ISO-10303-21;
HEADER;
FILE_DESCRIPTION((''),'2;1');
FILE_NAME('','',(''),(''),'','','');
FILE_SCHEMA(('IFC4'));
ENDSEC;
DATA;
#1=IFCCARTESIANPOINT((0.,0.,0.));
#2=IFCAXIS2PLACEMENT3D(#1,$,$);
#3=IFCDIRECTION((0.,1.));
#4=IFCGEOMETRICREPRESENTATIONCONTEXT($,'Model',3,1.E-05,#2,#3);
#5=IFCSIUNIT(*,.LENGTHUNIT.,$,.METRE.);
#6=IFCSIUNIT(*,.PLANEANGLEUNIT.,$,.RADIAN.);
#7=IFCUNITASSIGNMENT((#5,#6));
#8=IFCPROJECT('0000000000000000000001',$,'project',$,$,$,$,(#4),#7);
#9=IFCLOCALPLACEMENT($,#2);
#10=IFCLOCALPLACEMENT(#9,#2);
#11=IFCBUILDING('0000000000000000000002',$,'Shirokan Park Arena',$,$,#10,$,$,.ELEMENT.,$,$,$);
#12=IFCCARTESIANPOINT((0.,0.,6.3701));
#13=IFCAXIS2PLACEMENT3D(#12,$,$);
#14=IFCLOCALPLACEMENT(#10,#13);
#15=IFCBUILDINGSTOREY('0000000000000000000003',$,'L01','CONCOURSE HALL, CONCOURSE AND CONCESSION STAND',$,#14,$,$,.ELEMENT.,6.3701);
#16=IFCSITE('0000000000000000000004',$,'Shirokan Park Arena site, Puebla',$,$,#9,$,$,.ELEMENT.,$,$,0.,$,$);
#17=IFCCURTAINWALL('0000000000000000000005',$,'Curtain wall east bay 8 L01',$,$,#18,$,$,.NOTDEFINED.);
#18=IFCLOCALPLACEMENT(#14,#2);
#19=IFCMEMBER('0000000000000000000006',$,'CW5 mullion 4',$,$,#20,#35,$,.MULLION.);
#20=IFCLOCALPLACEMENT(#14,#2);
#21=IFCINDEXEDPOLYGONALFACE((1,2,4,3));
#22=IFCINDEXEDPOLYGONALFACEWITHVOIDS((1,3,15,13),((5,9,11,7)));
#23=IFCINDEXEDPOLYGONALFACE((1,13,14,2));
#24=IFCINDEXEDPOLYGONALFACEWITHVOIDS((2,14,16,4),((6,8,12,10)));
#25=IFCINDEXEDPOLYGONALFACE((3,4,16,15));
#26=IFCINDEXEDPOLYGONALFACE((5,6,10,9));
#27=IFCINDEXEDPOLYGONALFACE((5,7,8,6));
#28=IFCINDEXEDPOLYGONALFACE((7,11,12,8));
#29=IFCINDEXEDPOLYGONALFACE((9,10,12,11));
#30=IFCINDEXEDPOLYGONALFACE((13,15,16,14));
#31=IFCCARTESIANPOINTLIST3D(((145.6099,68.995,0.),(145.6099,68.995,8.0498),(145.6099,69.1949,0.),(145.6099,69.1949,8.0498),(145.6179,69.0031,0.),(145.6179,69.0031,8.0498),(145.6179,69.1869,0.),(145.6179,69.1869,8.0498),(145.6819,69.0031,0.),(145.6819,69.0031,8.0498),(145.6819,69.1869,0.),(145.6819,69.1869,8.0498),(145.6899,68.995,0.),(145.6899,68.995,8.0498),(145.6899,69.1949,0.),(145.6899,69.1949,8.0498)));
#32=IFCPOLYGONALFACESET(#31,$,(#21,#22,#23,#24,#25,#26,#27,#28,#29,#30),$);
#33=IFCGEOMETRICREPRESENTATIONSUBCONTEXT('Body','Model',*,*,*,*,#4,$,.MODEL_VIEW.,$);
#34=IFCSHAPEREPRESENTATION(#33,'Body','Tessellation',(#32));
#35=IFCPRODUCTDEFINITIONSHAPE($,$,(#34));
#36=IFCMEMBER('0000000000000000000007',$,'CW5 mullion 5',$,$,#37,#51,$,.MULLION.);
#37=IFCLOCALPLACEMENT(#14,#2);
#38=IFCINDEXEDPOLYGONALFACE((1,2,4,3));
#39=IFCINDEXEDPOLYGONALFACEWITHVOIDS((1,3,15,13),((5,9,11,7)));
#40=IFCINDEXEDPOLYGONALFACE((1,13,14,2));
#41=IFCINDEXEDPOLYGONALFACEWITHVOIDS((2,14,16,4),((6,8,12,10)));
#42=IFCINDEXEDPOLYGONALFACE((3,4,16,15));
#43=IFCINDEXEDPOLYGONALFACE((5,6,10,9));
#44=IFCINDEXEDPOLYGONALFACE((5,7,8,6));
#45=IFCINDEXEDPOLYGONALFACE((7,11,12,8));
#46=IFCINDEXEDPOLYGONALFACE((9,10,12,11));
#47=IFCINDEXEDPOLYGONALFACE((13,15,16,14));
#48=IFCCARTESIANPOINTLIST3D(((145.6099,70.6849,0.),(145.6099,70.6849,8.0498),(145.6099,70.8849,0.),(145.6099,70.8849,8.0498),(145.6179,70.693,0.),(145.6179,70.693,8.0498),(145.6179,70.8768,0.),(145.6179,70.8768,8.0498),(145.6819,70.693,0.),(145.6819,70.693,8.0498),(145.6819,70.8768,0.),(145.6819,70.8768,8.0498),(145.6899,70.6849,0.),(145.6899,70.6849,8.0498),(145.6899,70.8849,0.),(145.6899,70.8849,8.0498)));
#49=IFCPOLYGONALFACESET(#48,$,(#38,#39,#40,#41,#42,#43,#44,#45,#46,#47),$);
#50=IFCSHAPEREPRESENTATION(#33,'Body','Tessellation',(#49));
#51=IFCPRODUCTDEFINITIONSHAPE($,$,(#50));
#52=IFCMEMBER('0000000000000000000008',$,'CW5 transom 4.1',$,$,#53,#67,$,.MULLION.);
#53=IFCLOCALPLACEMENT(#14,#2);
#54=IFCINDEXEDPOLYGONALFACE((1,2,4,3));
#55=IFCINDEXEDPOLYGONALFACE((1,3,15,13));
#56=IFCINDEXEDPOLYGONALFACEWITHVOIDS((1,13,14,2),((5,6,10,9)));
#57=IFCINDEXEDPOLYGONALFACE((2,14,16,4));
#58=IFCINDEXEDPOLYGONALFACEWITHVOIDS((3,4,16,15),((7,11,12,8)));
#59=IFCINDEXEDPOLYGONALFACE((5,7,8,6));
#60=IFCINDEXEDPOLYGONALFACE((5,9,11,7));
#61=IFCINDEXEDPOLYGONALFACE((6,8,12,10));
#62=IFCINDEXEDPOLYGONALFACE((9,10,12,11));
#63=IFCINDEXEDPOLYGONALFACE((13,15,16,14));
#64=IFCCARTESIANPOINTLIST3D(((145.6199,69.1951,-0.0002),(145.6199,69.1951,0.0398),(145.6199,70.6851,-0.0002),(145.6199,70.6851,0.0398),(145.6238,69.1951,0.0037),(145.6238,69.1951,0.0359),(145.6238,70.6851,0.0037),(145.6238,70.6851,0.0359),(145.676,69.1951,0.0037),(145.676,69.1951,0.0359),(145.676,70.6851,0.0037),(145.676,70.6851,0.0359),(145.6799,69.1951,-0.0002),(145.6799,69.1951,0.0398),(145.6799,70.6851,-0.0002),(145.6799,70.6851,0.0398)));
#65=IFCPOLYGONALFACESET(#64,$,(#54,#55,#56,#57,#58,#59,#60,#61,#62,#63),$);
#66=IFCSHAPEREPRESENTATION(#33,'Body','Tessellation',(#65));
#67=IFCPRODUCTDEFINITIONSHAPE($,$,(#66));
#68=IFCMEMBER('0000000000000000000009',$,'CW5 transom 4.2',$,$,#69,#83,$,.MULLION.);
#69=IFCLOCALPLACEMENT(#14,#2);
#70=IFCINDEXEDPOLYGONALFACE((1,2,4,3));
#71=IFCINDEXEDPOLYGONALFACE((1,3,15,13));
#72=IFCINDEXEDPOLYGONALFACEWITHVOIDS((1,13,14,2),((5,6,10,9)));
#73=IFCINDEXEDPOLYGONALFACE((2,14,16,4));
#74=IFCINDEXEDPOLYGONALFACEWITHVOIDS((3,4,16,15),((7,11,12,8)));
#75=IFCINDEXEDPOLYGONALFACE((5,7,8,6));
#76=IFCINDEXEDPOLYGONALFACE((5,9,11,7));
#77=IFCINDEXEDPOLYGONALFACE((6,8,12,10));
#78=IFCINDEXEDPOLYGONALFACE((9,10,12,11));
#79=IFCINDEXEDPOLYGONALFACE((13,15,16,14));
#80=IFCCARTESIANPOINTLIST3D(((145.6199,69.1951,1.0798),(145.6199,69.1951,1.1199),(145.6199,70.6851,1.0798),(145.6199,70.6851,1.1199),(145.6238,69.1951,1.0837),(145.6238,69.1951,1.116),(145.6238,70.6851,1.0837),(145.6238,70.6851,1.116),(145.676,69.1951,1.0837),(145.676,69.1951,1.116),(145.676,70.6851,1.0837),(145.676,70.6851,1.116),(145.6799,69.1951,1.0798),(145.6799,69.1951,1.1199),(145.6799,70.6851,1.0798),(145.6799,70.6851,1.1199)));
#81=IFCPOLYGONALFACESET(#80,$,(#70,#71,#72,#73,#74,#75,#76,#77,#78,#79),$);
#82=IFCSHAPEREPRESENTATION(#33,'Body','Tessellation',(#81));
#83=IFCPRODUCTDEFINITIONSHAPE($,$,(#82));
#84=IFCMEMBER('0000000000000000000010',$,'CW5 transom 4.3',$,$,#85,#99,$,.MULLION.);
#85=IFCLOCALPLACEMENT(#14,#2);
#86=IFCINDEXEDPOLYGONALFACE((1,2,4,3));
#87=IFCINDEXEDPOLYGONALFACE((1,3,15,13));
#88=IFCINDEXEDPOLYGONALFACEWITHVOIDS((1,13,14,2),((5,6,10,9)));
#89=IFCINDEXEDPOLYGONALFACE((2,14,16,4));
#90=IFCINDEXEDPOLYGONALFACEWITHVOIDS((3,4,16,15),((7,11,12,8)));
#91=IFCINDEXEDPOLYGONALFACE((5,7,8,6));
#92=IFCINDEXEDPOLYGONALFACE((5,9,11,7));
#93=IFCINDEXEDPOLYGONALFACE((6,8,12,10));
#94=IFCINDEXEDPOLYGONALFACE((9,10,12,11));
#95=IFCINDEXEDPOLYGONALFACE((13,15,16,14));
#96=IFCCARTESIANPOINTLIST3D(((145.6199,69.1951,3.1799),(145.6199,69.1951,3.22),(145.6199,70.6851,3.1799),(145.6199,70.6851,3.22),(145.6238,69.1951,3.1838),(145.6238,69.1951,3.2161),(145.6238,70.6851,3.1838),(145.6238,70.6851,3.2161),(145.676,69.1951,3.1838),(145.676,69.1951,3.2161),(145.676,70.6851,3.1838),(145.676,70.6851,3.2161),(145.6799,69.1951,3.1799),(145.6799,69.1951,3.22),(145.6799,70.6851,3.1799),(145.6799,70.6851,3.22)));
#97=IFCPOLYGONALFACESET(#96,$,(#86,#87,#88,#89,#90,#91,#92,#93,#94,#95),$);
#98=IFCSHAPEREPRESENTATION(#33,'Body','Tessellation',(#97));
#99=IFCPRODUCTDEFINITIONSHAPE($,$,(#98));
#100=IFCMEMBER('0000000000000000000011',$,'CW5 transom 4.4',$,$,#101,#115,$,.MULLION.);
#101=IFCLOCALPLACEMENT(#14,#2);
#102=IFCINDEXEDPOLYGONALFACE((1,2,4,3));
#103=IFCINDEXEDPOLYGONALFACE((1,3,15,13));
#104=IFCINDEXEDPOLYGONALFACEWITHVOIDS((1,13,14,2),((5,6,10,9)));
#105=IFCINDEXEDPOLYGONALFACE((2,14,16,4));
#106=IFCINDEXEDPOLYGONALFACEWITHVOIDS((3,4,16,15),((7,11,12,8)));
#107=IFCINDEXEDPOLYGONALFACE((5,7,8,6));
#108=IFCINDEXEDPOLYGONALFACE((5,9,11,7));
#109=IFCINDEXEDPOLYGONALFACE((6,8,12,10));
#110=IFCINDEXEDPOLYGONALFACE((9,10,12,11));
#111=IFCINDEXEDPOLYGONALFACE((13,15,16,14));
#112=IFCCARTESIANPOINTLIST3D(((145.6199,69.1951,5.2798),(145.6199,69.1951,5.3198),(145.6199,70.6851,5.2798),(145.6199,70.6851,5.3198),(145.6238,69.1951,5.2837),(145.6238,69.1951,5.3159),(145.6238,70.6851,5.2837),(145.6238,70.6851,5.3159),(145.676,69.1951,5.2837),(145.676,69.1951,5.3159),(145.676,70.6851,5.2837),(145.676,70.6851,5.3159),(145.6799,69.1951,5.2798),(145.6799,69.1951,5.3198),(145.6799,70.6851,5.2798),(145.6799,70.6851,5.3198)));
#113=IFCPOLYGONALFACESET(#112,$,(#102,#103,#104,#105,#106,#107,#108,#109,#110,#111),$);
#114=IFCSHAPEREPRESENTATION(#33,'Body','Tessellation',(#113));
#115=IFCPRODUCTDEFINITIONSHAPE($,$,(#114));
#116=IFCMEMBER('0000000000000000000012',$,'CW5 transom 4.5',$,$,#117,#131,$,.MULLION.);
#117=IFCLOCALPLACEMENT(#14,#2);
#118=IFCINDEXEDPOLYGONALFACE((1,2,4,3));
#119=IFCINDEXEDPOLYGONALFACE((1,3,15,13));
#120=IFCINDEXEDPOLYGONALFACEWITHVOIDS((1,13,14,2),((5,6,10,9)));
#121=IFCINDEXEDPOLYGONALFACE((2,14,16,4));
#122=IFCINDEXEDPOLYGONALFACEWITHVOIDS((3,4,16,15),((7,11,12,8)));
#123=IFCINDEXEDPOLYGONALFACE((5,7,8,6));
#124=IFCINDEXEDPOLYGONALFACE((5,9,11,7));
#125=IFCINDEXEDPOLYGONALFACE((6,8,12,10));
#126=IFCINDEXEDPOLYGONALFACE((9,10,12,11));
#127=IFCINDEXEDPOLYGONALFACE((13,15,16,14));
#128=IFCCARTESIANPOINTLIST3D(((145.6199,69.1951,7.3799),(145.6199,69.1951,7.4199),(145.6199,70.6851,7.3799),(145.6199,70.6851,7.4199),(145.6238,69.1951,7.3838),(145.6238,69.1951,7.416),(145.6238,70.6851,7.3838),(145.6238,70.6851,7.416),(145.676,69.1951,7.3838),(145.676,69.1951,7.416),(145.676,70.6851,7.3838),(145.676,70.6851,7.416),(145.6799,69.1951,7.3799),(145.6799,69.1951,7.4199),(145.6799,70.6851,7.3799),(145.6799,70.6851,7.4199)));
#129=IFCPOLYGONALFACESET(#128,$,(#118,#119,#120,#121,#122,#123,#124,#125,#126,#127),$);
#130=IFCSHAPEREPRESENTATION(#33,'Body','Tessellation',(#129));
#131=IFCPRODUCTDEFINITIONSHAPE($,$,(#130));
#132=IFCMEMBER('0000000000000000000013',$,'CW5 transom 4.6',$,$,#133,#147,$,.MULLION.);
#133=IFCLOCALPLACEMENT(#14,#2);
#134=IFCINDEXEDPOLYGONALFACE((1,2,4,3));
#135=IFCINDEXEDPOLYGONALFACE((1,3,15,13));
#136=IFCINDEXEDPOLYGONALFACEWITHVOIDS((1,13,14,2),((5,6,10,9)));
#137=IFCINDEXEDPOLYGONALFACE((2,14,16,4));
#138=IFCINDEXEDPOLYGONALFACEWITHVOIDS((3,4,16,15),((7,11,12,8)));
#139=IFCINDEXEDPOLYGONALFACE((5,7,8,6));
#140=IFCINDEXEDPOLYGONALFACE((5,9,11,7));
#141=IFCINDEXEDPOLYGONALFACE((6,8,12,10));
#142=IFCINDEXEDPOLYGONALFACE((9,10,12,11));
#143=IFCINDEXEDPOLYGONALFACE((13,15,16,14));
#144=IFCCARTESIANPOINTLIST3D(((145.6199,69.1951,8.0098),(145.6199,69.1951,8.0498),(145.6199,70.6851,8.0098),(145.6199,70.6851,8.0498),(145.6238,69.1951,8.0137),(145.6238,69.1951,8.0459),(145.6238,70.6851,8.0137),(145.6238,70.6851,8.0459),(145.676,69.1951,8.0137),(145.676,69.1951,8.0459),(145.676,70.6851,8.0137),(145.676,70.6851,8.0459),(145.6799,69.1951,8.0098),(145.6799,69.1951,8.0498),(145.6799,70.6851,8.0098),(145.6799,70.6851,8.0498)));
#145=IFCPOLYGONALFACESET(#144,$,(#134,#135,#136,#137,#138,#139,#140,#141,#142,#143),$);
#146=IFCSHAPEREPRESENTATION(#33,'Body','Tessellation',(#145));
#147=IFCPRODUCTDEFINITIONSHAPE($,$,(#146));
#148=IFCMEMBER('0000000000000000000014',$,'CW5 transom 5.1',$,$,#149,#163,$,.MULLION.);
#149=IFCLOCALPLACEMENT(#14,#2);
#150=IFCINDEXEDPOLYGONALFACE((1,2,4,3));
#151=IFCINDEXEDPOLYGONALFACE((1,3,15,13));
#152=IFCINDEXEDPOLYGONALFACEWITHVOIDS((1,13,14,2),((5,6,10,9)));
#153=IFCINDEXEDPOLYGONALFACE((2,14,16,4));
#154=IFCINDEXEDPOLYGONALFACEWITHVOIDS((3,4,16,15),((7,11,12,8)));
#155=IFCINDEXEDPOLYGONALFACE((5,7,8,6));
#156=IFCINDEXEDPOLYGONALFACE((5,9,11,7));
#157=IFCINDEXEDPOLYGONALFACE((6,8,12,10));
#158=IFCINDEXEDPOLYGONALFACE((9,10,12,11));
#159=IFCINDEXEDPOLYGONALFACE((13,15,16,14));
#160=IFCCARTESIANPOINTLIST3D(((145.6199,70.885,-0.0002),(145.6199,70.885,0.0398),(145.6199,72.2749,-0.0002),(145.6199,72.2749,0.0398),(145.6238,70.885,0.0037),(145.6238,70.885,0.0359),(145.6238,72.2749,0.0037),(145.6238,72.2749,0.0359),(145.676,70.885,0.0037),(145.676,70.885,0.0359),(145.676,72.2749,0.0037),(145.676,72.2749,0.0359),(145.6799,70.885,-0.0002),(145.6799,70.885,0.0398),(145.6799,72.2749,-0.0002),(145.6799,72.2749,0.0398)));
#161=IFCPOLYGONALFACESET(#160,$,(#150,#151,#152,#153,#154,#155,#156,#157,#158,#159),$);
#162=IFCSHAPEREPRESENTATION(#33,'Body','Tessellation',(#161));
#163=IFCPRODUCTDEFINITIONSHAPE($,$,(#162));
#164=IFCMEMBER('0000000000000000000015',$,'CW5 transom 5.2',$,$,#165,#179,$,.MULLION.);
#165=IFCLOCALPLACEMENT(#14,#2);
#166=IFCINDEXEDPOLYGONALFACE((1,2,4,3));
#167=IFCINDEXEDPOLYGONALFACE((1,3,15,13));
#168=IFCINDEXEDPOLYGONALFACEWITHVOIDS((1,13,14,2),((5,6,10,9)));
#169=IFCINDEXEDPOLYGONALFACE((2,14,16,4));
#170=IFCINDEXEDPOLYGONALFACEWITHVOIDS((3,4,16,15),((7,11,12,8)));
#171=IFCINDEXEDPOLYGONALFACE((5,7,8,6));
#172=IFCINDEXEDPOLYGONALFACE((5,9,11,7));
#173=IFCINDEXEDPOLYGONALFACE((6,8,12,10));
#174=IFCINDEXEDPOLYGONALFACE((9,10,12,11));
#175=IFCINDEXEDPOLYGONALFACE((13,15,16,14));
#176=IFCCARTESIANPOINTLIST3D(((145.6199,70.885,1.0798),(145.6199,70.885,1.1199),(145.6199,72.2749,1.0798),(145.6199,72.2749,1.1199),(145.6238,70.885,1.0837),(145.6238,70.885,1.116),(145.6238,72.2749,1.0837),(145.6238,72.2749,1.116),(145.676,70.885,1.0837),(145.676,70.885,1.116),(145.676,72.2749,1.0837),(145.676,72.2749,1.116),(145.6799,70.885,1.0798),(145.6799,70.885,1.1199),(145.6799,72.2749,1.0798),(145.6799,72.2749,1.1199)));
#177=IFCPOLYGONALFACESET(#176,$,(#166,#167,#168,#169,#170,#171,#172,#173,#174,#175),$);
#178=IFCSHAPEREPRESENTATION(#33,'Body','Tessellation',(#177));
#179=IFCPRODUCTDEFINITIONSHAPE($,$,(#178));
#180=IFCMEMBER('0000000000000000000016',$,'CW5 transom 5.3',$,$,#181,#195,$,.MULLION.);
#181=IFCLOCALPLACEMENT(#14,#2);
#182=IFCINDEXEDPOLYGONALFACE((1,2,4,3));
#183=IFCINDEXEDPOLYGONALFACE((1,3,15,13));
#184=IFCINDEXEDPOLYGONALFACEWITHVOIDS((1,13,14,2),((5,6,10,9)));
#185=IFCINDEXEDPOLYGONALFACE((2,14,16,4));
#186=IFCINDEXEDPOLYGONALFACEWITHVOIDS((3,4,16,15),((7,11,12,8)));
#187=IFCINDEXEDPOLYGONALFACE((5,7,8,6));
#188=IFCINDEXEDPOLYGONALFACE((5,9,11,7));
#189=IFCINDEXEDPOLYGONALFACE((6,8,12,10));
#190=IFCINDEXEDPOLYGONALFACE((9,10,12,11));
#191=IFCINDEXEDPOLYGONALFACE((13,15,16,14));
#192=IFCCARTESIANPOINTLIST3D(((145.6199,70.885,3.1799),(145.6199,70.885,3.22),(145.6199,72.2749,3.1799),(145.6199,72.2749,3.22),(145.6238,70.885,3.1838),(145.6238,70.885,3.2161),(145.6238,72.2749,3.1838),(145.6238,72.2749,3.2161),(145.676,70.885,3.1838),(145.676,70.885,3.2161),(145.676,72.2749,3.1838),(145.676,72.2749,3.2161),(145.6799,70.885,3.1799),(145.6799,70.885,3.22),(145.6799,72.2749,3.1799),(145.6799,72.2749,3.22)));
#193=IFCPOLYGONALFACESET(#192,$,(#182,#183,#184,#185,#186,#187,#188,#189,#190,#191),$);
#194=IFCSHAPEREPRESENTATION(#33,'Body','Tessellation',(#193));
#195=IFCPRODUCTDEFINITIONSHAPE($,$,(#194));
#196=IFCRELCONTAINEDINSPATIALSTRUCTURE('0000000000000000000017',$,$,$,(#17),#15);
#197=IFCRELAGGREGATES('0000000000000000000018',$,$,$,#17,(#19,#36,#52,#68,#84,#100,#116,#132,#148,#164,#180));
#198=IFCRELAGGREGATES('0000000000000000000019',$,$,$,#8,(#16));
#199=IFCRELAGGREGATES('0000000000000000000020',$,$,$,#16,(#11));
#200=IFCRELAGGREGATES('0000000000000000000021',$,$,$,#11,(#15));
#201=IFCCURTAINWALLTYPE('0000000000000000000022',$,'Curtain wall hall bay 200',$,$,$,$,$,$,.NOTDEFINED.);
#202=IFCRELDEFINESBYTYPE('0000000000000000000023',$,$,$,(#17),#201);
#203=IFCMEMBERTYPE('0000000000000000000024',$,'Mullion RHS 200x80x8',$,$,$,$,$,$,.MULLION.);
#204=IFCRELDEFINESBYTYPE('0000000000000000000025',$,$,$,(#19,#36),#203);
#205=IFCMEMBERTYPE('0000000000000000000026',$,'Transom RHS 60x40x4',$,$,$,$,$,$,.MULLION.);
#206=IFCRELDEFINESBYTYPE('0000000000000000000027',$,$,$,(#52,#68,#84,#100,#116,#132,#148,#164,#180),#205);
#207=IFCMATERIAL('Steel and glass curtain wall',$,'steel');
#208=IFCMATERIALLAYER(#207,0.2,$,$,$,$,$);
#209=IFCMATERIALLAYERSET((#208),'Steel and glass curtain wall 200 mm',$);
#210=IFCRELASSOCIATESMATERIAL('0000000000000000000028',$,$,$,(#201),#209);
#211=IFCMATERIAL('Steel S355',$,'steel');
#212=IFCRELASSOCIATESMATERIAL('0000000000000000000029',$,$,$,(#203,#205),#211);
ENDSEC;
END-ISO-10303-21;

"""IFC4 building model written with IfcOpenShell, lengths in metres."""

from ifc_helpers import new_model, si_unit, direction, frame, origin, origin_2d, place, context, subcontext, project, spatial, hollow_rectangle, extrude, material, layer, layer_set, material_profile, profile_set, type_object, element, aggregate, save


model = new_model("IFC4")

# Units and contexts
model_context = context("Model", 3, precision=1e-05, world=origin(), true_north=direction((0.0, 1.0)))
body_context = subcontext(model_context, "Body", "Model", "MODEL_VIEW")
ifc_project = project(units=[si_unit("LENGTHUNIT", "METRE"), si_unit("PLANEANGLEUNIT", "RADIAN")], contexts=[model_context])

# Site, building, storey
site_placement = place(None, origin())
site = spatial("IfcSite", under=ifc_project, at=site_placement, Name="Shirokan Park Arena site, Puebla", CompositionType="ELEMENT", RefElevation=0.0)
building_placement = place(site_placement, origin())
building = spatial("IfcBuilding", under=site, at=building_placement, Name="Shirokan Park Arena", CompositionType="ELEMENT")
storey_placement = place(building_placement, frame((0.0, 0.0, 6.3701)))
storey = spatial("IfcBuildingStorey", under=building, at=storey_placement, Name="L01", Description="CONCOURSE HALL, CONCOURSE AND CONCESSION STAND", CompositionType="ELEMENT", Elevation=6.3701)

# Curtain wall, members
ifc_material_1 = material(Name="Steel and glass curtain wall", Category="steel")
ifc_layer_1 = layer(ifc_material_1, 0.2)
ifc_layer_set_1 = layer_set([ifc_layer_1], Name="Steel and glass curtain wall 200 mm")
curtain_wall_type = type_object("IfcCurtainWallType", Name="Curtain wall hall bay 200", PredefinedType="NOTDEFINED", material=ifc_layer_set_1)
curtain_wall_placement = place(storey_placement, origin())
curtain_wall = element("IfcCurtainWall", 1, at=curtain_wall_placement, inside=storey, type_object=curtain_wall_type, Name="Curtain wall east bay 8 L01", PredefinedType="NOTDEFINED")
ifc_material_2 = material(Name="Steel S355", Category="steel")
ifc_material_profile_1 = material_profile(ifc_material_2, hollow_rectangle(XDim=0.0801, YDim=0.2, WallThickness=0.0081, at=origin_2d()), Name="RHS 200x80x8")
ifc_profile_set_1 = profile_set([ifc_material_profile_1], Name="Steel S355")
member_type_1 = type_object("IfcMemberType", Name="Mullion RHS 200x80x8", PredefinedType="MULLION", material=ifc_profile_set_1)
member_1_placement = place(storey_placement, frame((145.6499, 69.095, 0.0), z_axis=(0.0, 0.0, 1.0), x_axis=(-1.0, 0.0, 0.0)))
member_1 = element("IfcMember", 2, at=member_1_placement, type_object=member_type_1, Name="CW5 mullion 4", PredefinedType="MULLION", context=body_context, shape_type="SweptSolid", body=[
    extrude(hollow_rectangle(XDim=0.0801, YDim=0.2, WallThickness=0.0081, at=origin_2d()), origin(), (0.0, 0.0, 1.0), 8.0498),
])
member_2_placement = place(storey_placement, frame((145.6499, 70.7849, 0.0), z_axis=(0.0, 0.0, 1.0), x_axis=(-1.0, 0.0, 0.0)))
member_2 = element("IfcMember", 3, at=member_2_placement, type_object=member_type_1, Name="CW5 mullion 5", PredefinedType="MULLION", context=body_context, shape_type="SweptSolid", body=[
    extrude(hollow_rectangle(XDim=0.0801, YDim=0.2, WallThickness=0.0081, at=origin_2d()), origin(), (0.0, 0.0, 1.0), 8.0498),
])
ifc_material_profile_2 = material_profile(ifc_material_2, hollow_rectangle(XDim=0.0601, YDim=0.04, WallThickness=0.0039, at=origin_2d()), Name="RHS 60x40x4")
ifc_profile_set_2 = profile_set([ifc_material_profile_2], Name="Steel S355")
member_type_2 = type_object("IfcMemberType", Name="Transom RHS 60x40x4", PredefinedType="MULLION", material=ifc_profile_set_2)
member_3_placement = place(storey_placement, frame((145.6499, 69.1951, 0.0198), z_axis=(0.0, 1.0, 0.0), x_axis=(-1.0, 0.0, 0.0)))
member_3 = element("IfcMember", 4, at=member_3_placement, type_object=member_type_2, Name="CW5 transom 4.1", PredefinedType="MULLION", context=body_context, shape_type="SweptSolid", body=[
    extrude(hollow_rectangle(XDim=0.0601, YDim=0.04, WallThickness=0.0039, at=origin_2d()), origin(), (0.0, 0.0, 1.0), 1.49),
])
member_4_placement = place(storey_placement, frame((145.6499, 69.1951, 1.0999), z_axis=(0.0, 1.0, 0.0), x_axis=(-1.0, 0.0, 0.0)))
member_4 = element("IfcMember", 5, at=member_4_placement, type_object=member_type_2, Name="CW5 transom 4.2", PredefinedType="MULLION", context=body_context, shape_type="SweptSolid", body=[
    extrude(hollow_rectangle(XDim=0.0601, YDim=0.04, WallThickness=0.0039, at=origin_2d()), origin(), (0.0, 0.0, 1.0), 1.49),
])
member_5_placement = place(storey_placement, frame((145.6499, 69.1951, 3.2), z_axis=(0.0, 1.0, 0.0), x_axis=(-1.0, 0.0, 0.0)))
member_5 = element("IfcMember", 6, at=member_5_placement, type_object=member_type_2, Name="CW5 transom 4.3", PredefinedType="MULLION", context=body_context, shape_type="SweptSolid", body=[
    extrude(hollow_rectangle(XDim=0.0601, YDim=0.04, WallThickness=0.0039, at=origin_2d()), origin(), (0.0, 0.0, 1.0), 1.49),
])
member_6_placement = place(storey_placement, frame((145.6499, 69.1951, 5.2998), z_axis=(0.0, 1.0, 0.0), x_axis=(-1.0, 0.0, 0.0)))
member_6 = element("IfcMember", 7, at=member_6_placement, type_object=member_type_2, Name="CW5 transom 4.4", PredefinedType="MULLION", context=body_context, shape_type="SweptSolid", body=[
    extrude(hollow_rectangle(XDim=0.0601, YDim=0.04, WallThickness=0.0039, at=origin_2d()), origin(), (0.0, 0.0, 1.0), 1.49),
])
member_7_placement = place(storey_placement, frame((145.6499, 69.1951, 7.3999), z_axis=(0.0, 1.0, 0.0), x_axis=(-1.0, 0.0, 0.0)))
member_7 = element("IfcMember", 8, at=member_7_placement, type_object=member_type_2, Name="CW5 transom 4.5", PredefinedType="MULLION", context=body_context, shape_type="SweptSolid", body=[
    extrude(hollow_rectangle(XDim=0.0601, YDim=0.04, WallThickness=0.0039, at=origin_2d()), origin(), (0.0, 0.0, 1.0), 1.49),
])
member_8_placement = place(storey_placement, frame((145.6499, 69.1951, 8.0298), z_axis=(0.0, 1.0, 0.0), x_axis=(-1.0, 0.0, 0.0)))
member_8 = element("IfcMember", 9, at=member_8_placement, type_object=member_type_2, Name="CW5 transom 4.6", PredefinedType="MULLION", context=body_context, shape_type="SweptSolid", body=[
    extrude(hollow_rectangle(XDim=0.0601, YDim=0.04, WallThickness=0.0039, at=origin_2d()), origin(), (0.0, 0.0, 1.0), 1.49),
])
member_9_placement = place(storey_placement, frame((145.6499, 70.885, 0.0198), z_axis=(0.0, 1.0, 0.0), x_axis=(-1.0, 0.0, 0.0)))
member_9 = element("IfcMember", 10, at=member_9_placement, type_object=member_type_2, Name="CW5 transom 5.1", PredefinedType="MULLION", context=body_context, shape_type="SweptSolid", body=[
    extrude(hollow_rectangle(XDim=0.0601, YDim=0.04, WallThickness=0.0039, at=origin_2d()), origin(), (0.0, 0.0, 1.0), 1.3899),
])
member_10_placement = place(storey_placement, frame((145.6499, 70.885, 1.0999), z_axis=(0.0, 1.0, 0.0), x_axis=(-1.0, 0.0, 0.0)))
member_10 = element("IfcMember", 11, at=member_10_placement, type_object=member_type_2, Name="CW5 transom 5.2", PredefinedType="MULLION", context=body_context, shape_type="SweptSolid", body=[
    extrude(hollow_rectangle(XDim=0.0601, YDim=0.04, WallThickness=0.0039, at=origin_2d()), origin(), (0.0, 0.0, 1.0), 1.3899),
])
member_11_placement = place(storey_placement, frame((145.6499, 70.885, 3.2), z_axis=(0.0, 1.0, 0.0), x_axis=(-1.0, 0.0, 0.0)))
member_11 = element("IfcMember", 12, at=member_11_placement, type_object=member_type_2, Name="CW5 transom 5.3", PredefinedType="MULLION", context=body_context, shape_type="SweptSolid", body=[
    extrude(hollow_rectangle(XDim=0.0601, YDim=0.04, WallThickness=0.0039, at=origin_2d()), origin(), (0.0, 0.0, 1.0), 1.3899),
])
aggregate(curtain_wall, [member_1, member_2, member_3, member_4, member_5, member_6, member_7, member_8, member_9, member_10, member_11])

save(model, "model.ifc")
